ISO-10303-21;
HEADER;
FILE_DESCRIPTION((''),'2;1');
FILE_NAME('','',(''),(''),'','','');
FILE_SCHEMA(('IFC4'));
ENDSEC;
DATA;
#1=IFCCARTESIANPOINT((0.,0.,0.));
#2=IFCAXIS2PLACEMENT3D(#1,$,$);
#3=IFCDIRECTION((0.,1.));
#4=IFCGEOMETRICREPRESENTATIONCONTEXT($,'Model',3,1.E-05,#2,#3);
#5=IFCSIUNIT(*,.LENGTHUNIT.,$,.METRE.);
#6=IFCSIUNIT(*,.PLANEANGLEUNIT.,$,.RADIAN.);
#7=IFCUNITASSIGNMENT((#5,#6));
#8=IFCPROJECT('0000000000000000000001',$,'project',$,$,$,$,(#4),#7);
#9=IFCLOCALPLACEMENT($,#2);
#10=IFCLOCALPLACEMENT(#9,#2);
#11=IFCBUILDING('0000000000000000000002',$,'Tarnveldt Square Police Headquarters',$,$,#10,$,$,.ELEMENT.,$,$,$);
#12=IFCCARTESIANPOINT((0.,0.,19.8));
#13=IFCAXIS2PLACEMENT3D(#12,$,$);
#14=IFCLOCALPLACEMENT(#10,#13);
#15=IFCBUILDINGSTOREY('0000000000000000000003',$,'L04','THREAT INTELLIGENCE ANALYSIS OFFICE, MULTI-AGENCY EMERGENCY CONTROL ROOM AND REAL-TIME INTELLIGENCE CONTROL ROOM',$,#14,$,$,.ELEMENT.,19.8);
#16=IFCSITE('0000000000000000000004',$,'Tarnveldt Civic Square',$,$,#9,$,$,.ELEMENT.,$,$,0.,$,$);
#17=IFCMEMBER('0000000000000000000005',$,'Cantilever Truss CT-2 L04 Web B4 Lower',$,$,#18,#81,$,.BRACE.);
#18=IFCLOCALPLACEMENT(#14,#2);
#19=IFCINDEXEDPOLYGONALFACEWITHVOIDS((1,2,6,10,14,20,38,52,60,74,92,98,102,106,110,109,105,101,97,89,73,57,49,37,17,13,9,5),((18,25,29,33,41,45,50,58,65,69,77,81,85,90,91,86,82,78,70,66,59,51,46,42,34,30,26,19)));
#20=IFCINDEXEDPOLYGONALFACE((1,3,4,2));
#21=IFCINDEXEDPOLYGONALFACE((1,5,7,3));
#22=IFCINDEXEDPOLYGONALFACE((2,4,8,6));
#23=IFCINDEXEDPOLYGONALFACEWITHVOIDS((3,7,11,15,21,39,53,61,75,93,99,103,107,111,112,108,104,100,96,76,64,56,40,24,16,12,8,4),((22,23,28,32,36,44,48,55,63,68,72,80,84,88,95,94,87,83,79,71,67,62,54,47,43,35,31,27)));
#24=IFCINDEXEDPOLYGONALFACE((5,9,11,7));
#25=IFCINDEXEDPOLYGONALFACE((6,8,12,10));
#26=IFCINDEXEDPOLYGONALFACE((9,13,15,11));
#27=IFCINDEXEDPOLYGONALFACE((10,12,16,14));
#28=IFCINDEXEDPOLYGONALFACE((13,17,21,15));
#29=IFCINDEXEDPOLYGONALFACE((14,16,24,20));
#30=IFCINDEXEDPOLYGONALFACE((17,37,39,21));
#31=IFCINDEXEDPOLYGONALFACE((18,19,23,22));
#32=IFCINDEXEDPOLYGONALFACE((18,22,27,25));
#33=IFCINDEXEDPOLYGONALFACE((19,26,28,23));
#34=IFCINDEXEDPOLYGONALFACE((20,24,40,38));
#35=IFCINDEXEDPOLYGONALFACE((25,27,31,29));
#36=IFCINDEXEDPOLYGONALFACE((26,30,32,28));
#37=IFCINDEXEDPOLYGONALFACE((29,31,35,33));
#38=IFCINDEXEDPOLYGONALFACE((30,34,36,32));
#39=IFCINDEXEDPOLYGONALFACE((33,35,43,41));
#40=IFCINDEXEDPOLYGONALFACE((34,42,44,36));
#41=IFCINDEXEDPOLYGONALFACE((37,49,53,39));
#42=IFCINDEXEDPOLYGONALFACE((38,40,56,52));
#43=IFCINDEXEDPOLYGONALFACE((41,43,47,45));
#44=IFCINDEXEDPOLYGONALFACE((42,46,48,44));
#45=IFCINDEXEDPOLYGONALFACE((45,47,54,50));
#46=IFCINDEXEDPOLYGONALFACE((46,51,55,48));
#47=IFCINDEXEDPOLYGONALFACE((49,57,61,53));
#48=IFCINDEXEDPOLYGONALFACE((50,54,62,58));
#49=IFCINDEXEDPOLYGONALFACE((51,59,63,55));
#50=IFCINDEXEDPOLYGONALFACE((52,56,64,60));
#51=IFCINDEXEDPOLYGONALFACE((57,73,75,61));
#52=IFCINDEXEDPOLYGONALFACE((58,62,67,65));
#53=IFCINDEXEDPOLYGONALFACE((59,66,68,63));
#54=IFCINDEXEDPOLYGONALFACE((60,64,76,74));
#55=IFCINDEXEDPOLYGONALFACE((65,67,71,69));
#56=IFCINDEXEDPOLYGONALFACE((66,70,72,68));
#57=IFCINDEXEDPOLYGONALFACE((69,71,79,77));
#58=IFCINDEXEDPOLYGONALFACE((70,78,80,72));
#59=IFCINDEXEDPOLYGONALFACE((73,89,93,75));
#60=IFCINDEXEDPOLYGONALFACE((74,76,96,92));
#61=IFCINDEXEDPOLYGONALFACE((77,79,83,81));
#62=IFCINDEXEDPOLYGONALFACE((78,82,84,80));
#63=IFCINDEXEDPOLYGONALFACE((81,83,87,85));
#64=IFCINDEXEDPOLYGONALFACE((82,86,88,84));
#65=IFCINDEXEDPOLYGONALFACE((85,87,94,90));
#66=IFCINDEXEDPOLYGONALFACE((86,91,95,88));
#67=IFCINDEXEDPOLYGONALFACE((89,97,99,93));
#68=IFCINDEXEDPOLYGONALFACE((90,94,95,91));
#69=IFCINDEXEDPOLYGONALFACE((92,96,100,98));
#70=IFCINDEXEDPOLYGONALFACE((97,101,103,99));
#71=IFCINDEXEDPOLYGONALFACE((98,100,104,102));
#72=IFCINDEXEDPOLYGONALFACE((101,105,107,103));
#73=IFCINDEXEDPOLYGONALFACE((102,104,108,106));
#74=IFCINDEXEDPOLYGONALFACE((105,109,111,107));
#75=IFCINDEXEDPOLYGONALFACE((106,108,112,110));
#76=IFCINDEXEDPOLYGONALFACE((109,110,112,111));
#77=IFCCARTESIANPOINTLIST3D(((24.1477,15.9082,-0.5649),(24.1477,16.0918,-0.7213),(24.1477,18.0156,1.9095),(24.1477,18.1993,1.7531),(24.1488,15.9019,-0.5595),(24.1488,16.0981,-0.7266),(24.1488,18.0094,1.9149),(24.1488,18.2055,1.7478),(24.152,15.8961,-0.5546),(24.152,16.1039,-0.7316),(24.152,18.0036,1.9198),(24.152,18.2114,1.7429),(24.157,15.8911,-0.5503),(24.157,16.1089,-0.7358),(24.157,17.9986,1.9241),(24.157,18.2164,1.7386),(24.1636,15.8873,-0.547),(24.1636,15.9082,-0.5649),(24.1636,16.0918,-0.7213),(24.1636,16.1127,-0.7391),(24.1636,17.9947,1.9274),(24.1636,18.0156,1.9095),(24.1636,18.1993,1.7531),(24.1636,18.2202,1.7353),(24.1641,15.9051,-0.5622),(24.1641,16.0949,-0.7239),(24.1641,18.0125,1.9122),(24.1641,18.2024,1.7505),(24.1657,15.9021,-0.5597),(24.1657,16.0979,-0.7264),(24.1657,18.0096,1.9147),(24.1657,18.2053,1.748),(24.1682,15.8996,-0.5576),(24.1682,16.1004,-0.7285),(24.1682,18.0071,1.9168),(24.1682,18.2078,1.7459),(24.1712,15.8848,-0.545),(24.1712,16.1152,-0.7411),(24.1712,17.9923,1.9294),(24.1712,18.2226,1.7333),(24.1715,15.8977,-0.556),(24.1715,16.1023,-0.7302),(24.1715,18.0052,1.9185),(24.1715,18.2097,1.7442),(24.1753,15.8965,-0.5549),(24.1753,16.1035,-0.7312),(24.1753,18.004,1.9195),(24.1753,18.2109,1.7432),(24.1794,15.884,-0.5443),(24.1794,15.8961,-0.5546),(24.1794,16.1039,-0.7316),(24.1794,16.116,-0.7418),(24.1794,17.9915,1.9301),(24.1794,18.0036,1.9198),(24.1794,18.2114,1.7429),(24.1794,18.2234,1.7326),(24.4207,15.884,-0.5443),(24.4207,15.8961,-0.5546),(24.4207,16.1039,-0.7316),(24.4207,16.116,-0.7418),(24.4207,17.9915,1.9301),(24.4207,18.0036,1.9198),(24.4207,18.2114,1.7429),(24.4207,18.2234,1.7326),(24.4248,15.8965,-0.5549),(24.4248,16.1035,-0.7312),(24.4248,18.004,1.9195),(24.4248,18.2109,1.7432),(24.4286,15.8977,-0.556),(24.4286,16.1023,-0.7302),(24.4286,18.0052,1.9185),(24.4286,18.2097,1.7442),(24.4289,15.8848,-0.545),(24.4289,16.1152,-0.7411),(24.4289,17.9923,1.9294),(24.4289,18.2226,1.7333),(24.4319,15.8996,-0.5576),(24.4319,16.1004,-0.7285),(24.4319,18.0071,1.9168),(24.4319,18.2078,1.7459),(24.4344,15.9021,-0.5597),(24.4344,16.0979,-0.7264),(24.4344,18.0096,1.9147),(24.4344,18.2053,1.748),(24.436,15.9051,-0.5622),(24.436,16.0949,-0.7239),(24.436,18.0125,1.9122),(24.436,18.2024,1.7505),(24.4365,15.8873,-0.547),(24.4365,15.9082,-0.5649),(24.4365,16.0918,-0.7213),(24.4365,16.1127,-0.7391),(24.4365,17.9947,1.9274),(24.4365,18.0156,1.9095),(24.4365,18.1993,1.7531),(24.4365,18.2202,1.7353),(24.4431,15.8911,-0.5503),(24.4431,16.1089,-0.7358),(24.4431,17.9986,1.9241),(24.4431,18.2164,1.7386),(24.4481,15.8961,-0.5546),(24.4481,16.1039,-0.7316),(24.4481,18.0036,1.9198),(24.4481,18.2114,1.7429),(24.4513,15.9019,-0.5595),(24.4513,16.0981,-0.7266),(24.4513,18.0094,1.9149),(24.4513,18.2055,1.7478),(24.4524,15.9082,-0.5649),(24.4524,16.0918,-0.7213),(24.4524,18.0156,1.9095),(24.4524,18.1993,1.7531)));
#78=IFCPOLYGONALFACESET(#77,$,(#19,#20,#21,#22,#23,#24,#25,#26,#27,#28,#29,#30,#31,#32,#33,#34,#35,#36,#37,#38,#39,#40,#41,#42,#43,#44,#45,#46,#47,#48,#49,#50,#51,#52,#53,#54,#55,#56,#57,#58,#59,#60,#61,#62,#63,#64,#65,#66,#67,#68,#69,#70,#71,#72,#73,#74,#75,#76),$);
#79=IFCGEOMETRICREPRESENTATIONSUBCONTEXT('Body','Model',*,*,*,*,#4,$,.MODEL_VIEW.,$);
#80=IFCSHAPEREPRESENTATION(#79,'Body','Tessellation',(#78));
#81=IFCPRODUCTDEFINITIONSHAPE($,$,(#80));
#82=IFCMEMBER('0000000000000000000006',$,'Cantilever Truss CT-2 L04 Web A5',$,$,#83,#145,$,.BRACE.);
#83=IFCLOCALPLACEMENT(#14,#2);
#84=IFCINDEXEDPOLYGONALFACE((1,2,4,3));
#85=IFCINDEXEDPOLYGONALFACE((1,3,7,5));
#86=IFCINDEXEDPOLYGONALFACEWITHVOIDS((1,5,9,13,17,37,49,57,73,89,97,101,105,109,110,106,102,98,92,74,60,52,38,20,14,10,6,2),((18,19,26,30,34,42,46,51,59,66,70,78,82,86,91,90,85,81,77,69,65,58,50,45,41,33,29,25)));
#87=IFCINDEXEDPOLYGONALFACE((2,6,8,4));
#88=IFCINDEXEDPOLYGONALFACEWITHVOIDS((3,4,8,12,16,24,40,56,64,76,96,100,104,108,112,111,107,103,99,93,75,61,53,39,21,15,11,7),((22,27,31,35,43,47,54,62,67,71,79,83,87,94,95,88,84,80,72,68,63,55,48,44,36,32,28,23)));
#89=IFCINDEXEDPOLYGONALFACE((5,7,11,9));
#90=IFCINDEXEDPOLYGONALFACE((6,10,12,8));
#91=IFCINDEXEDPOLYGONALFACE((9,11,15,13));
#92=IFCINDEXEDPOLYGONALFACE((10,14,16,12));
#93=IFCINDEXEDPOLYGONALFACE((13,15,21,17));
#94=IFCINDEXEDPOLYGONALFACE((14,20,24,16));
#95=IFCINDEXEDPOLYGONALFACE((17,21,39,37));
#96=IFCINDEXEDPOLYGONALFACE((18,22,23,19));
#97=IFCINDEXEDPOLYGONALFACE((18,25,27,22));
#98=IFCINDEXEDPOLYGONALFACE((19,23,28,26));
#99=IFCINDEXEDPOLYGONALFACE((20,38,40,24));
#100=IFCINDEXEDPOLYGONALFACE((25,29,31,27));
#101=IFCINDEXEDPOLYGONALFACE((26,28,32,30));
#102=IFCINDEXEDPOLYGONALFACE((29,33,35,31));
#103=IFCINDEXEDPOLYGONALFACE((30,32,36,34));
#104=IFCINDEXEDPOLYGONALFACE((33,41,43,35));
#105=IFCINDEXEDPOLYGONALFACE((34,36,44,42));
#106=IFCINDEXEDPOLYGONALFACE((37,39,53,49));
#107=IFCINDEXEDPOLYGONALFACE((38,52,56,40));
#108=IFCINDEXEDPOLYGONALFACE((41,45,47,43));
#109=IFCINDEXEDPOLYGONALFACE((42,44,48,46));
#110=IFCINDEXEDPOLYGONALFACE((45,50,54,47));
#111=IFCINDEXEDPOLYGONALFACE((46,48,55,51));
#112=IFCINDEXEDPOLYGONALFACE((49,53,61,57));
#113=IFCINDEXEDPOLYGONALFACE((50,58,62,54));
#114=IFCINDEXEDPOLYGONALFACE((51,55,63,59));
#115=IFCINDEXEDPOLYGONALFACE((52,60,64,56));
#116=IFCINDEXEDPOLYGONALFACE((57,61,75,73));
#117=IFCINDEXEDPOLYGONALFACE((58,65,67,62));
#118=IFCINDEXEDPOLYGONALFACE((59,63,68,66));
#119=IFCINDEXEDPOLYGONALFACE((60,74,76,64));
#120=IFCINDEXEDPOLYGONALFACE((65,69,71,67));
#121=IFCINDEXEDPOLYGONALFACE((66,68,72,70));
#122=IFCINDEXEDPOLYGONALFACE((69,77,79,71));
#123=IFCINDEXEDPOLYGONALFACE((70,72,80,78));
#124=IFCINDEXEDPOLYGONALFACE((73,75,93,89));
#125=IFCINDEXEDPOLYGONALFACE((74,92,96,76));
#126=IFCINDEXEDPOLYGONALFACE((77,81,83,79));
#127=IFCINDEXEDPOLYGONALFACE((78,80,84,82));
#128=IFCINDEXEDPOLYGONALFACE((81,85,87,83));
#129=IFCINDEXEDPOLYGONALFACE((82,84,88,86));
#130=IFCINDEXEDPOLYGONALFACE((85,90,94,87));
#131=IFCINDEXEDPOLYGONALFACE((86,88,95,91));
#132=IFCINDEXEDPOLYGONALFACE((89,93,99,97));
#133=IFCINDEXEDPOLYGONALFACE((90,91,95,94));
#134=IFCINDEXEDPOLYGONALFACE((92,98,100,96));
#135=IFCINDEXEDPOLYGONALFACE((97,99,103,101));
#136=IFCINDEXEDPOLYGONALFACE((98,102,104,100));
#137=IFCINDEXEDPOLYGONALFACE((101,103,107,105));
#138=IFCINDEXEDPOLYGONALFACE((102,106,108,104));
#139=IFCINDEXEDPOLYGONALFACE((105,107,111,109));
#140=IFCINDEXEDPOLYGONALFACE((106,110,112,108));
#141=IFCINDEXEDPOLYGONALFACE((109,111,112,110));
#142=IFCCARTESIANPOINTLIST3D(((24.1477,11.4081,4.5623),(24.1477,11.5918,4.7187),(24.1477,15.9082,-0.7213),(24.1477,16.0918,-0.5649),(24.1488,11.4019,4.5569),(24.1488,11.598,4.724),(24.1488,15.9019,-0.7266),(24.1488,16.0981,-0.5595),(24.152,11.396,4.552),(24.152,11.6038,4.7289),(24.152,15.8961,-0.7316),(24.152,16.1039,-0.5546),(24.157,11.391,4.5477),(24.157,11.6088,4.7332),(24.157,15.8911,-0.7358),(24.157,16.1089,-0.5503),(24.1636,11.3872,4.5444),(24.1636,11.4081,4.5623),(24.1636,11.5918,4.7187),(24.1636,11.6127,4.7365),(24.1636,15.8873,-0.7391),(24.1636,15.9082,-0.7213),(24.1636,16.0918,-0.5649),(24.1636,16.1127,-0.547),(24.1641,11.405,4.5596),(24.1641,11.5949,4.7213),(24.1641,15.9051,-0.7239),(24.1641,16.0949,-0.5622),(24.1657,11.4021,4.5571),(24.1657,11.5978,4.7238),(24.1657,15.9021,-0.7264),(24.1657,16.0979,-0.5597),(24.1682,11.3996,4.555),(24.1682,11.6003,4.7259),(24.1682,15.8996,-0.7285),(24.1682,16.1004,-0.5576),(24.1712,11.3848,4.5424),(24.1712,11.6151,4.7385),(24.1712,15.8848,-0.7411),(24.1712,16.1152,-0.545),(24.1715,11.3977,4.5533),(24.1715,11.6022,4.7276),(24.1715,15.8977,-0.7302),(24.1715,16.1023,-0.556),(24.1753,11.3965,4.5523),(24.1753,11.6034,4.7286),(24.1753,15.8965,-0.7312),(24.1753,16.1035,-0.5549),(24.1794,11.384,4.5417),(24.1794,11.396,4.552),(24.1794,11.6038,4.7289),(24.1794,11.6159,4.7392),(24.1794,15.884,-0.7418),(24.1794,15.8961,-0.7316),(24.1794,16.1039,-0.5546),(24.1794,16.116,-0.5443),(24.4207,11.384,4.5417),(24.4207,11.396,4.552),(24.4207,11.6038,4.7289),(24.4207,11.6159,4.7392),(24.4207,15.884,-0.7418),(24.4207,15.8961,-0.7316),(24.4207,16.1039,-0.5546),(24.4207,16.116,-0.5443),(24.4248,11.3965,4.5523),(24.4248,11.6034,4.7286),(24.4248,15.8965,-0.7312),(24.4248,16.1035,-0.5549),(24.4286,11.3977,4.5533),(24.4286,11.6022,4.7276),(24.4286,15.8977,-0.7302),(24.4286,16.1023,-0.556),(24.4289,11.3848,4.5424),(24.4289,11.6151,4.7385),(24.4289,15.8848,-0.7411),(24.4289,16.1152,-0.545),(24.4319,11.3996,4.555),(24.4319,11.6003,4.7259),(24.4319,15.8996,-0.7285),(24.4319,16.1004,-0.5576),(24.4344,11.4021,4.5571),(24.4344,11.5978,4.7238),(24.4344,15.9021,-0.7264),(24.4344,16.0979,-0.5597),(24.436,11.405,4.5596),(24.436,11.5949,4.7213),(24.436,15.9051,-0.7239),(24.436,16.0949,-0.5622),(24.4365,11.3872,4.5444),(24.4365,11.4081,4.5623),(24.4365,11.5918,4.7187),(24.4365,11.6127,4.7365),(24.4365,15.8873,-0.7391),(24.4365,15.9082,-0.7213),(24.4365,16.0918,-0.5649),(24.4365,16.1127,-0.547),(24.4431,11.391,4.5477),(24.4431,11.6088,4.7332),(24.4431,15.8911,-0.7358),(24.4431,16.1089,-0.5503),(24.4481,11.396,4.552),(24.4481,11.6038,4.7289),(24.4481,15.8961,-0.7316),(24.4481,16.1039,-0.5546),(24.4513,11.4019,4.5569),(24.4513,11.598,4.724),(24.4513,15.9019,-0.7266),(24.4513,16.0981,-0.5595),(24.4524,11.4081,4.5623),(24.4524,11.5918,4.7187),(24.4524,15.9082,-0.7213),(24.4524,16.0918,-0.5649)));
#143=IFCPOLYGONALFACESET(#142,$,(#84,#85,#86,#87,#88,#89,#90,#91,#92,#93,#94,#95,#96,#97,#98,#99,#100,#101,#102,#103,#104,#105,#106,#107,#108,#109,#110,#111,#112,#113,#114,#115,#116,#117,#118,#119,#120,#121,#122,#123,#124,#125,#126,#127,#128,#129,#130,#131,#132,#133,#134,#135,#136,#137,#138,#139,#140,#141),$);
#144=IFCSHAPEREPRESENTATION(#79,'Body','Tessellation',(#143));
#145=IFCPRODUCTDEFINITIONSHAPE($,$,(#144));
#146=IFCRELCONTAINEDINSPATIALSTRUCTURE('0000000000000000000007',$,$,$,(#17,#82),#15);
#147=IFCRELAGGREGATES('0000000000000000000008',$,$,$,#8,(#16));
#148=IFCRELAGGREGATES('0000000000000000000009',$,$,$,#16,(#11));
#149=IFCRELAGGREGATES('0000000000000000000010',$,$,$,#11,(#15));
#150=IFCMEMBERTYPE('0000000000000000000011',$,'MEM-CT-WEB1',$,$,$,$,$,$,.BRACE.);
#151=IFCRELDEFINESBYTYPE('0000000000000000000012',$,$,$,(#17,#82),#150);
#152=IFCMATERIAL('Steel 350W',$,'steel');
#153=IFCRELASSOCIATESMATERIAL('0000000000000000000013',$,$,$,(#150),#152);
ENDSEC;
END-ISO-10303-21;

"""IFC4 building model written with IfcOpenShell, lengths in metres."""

from ifc_helpers import new_model, si_unit, direction, frame, origin, origin_2d, place, context, subcontext, project, spatial, hollow_rectangle, extrude, material, material_profile, profile_set, type_object, element, save


model = new_model("IFC4")

# Units and contexts
model_context = context("Model", 3, precision=1e-05, world=origin(), true_north=direction((0.0, 1.0)))
body_context = subcontext(model_context, "Body", "Model", "MODEL_VIEW")
ifc_project = project(units=[si_unit("LENGTHUNIT", "METRE"), si_unit("PLANEANGLEUNIT", "RADIAN")], contexts=[model_context])

# Site, building, storey
site_placement = place(None, origin())
site = spatial("IfcSite", under=ifc_project, at=site_placement, Name="Tarnveldt Civic Square", CompositionType="ELEMENT", RefElevation=0.0)
building_placement = place(site_placement, origin())
building = spatial("IfcBuilding", under=site, at=building_placement, Name="Tarnveldt Square Police Headquarters", CompositionType="ELEMENT")
storey_placement = place(building_placement, frame((0.0, 0.0, 19.8)))
storey = spatial("IfcBuildingStorey", under=building, at=storey_placement, Name="L04", Description="THREAT INTELLIGENCE ANALYSIS OFFICE, MULTI-AGENCY EMERGENCY CONTROL ROOM AND REAL-TIME INTELLIGENCE CONTROL ROOM", CompositionType="ELEMENT", Elevation=19.8)

# Shared definitions
ifc_material_1 = material(Name="Steel 350W", Category="steel")

# Members
ifc_material_profile_1 = material_profile(ifc_material_1, hollow_rectangle(XDim=0.3047, YDim=0.3047, WallThickness=0.0159, InnerFilletRadius=0.0159, OuterFilletRadius=0.0317, at=origin_2d()), Name="HSS305x305x16")
ifc_profile_set_1 = profile_set([ifc_material_profile_1], Name="Steel 350W")
member_type_1 = type_object("IfcMemberType", Name="MEM-CT-WEB1", PredefinedType="BRACE", material=ifc_profile_set_1)
member_1_placement = place(storey_placement, frame((24.3, 16.0, -0.6431), z_axis=(0.0, 0.6484, 0.7613), x_axis=(-1.0, 0.0, 0.0)))
element("IfcMember", 1, at=member_1_placement, inside=storey, type_object=member_type_1, Name="Cantilever Truss CT-2 L04 Web B4 Lower", PredefinedType="BRACE", context=body_context, shape_type="SweptSolid", body=[
    extrude(hollow_rectangle(XDim=0.3047, YDim=0.3047, WallThickness=0.0159, InnerFilletRadius=0.0159, OuterFilletRadius=0.0317, at=origin_2d()), origin(), (0.0, 0.0, 1.0), 3.2502),
])
member_2_placement = place(storey_placement, frame((24.3, 16.0, -0.6431), z_axis=(0.0, -0.648407, 0.761294), x_axis=(1.0, 0.0, 0.0)))
element("IfcMember", 2, at=member_2_placement, inside=storey, type_object=member_type_1, Name="Cantilever Truss CT-2 L04 Web A5", PredefinedType="BRACE", context=body_context, shape_type="SweptSolid", body=[
    extrude(hollow_rectangle(XDim=0.3047, YDim=0.3047, WallThickness=0.0159, InnerFilletRadius=0.0159, OuterFilletRadius=0.0317, at=origin_2d()), origin(), (0.0, 0.0, 1.0), 6.9402),
])

save(model, "model.ifc")
